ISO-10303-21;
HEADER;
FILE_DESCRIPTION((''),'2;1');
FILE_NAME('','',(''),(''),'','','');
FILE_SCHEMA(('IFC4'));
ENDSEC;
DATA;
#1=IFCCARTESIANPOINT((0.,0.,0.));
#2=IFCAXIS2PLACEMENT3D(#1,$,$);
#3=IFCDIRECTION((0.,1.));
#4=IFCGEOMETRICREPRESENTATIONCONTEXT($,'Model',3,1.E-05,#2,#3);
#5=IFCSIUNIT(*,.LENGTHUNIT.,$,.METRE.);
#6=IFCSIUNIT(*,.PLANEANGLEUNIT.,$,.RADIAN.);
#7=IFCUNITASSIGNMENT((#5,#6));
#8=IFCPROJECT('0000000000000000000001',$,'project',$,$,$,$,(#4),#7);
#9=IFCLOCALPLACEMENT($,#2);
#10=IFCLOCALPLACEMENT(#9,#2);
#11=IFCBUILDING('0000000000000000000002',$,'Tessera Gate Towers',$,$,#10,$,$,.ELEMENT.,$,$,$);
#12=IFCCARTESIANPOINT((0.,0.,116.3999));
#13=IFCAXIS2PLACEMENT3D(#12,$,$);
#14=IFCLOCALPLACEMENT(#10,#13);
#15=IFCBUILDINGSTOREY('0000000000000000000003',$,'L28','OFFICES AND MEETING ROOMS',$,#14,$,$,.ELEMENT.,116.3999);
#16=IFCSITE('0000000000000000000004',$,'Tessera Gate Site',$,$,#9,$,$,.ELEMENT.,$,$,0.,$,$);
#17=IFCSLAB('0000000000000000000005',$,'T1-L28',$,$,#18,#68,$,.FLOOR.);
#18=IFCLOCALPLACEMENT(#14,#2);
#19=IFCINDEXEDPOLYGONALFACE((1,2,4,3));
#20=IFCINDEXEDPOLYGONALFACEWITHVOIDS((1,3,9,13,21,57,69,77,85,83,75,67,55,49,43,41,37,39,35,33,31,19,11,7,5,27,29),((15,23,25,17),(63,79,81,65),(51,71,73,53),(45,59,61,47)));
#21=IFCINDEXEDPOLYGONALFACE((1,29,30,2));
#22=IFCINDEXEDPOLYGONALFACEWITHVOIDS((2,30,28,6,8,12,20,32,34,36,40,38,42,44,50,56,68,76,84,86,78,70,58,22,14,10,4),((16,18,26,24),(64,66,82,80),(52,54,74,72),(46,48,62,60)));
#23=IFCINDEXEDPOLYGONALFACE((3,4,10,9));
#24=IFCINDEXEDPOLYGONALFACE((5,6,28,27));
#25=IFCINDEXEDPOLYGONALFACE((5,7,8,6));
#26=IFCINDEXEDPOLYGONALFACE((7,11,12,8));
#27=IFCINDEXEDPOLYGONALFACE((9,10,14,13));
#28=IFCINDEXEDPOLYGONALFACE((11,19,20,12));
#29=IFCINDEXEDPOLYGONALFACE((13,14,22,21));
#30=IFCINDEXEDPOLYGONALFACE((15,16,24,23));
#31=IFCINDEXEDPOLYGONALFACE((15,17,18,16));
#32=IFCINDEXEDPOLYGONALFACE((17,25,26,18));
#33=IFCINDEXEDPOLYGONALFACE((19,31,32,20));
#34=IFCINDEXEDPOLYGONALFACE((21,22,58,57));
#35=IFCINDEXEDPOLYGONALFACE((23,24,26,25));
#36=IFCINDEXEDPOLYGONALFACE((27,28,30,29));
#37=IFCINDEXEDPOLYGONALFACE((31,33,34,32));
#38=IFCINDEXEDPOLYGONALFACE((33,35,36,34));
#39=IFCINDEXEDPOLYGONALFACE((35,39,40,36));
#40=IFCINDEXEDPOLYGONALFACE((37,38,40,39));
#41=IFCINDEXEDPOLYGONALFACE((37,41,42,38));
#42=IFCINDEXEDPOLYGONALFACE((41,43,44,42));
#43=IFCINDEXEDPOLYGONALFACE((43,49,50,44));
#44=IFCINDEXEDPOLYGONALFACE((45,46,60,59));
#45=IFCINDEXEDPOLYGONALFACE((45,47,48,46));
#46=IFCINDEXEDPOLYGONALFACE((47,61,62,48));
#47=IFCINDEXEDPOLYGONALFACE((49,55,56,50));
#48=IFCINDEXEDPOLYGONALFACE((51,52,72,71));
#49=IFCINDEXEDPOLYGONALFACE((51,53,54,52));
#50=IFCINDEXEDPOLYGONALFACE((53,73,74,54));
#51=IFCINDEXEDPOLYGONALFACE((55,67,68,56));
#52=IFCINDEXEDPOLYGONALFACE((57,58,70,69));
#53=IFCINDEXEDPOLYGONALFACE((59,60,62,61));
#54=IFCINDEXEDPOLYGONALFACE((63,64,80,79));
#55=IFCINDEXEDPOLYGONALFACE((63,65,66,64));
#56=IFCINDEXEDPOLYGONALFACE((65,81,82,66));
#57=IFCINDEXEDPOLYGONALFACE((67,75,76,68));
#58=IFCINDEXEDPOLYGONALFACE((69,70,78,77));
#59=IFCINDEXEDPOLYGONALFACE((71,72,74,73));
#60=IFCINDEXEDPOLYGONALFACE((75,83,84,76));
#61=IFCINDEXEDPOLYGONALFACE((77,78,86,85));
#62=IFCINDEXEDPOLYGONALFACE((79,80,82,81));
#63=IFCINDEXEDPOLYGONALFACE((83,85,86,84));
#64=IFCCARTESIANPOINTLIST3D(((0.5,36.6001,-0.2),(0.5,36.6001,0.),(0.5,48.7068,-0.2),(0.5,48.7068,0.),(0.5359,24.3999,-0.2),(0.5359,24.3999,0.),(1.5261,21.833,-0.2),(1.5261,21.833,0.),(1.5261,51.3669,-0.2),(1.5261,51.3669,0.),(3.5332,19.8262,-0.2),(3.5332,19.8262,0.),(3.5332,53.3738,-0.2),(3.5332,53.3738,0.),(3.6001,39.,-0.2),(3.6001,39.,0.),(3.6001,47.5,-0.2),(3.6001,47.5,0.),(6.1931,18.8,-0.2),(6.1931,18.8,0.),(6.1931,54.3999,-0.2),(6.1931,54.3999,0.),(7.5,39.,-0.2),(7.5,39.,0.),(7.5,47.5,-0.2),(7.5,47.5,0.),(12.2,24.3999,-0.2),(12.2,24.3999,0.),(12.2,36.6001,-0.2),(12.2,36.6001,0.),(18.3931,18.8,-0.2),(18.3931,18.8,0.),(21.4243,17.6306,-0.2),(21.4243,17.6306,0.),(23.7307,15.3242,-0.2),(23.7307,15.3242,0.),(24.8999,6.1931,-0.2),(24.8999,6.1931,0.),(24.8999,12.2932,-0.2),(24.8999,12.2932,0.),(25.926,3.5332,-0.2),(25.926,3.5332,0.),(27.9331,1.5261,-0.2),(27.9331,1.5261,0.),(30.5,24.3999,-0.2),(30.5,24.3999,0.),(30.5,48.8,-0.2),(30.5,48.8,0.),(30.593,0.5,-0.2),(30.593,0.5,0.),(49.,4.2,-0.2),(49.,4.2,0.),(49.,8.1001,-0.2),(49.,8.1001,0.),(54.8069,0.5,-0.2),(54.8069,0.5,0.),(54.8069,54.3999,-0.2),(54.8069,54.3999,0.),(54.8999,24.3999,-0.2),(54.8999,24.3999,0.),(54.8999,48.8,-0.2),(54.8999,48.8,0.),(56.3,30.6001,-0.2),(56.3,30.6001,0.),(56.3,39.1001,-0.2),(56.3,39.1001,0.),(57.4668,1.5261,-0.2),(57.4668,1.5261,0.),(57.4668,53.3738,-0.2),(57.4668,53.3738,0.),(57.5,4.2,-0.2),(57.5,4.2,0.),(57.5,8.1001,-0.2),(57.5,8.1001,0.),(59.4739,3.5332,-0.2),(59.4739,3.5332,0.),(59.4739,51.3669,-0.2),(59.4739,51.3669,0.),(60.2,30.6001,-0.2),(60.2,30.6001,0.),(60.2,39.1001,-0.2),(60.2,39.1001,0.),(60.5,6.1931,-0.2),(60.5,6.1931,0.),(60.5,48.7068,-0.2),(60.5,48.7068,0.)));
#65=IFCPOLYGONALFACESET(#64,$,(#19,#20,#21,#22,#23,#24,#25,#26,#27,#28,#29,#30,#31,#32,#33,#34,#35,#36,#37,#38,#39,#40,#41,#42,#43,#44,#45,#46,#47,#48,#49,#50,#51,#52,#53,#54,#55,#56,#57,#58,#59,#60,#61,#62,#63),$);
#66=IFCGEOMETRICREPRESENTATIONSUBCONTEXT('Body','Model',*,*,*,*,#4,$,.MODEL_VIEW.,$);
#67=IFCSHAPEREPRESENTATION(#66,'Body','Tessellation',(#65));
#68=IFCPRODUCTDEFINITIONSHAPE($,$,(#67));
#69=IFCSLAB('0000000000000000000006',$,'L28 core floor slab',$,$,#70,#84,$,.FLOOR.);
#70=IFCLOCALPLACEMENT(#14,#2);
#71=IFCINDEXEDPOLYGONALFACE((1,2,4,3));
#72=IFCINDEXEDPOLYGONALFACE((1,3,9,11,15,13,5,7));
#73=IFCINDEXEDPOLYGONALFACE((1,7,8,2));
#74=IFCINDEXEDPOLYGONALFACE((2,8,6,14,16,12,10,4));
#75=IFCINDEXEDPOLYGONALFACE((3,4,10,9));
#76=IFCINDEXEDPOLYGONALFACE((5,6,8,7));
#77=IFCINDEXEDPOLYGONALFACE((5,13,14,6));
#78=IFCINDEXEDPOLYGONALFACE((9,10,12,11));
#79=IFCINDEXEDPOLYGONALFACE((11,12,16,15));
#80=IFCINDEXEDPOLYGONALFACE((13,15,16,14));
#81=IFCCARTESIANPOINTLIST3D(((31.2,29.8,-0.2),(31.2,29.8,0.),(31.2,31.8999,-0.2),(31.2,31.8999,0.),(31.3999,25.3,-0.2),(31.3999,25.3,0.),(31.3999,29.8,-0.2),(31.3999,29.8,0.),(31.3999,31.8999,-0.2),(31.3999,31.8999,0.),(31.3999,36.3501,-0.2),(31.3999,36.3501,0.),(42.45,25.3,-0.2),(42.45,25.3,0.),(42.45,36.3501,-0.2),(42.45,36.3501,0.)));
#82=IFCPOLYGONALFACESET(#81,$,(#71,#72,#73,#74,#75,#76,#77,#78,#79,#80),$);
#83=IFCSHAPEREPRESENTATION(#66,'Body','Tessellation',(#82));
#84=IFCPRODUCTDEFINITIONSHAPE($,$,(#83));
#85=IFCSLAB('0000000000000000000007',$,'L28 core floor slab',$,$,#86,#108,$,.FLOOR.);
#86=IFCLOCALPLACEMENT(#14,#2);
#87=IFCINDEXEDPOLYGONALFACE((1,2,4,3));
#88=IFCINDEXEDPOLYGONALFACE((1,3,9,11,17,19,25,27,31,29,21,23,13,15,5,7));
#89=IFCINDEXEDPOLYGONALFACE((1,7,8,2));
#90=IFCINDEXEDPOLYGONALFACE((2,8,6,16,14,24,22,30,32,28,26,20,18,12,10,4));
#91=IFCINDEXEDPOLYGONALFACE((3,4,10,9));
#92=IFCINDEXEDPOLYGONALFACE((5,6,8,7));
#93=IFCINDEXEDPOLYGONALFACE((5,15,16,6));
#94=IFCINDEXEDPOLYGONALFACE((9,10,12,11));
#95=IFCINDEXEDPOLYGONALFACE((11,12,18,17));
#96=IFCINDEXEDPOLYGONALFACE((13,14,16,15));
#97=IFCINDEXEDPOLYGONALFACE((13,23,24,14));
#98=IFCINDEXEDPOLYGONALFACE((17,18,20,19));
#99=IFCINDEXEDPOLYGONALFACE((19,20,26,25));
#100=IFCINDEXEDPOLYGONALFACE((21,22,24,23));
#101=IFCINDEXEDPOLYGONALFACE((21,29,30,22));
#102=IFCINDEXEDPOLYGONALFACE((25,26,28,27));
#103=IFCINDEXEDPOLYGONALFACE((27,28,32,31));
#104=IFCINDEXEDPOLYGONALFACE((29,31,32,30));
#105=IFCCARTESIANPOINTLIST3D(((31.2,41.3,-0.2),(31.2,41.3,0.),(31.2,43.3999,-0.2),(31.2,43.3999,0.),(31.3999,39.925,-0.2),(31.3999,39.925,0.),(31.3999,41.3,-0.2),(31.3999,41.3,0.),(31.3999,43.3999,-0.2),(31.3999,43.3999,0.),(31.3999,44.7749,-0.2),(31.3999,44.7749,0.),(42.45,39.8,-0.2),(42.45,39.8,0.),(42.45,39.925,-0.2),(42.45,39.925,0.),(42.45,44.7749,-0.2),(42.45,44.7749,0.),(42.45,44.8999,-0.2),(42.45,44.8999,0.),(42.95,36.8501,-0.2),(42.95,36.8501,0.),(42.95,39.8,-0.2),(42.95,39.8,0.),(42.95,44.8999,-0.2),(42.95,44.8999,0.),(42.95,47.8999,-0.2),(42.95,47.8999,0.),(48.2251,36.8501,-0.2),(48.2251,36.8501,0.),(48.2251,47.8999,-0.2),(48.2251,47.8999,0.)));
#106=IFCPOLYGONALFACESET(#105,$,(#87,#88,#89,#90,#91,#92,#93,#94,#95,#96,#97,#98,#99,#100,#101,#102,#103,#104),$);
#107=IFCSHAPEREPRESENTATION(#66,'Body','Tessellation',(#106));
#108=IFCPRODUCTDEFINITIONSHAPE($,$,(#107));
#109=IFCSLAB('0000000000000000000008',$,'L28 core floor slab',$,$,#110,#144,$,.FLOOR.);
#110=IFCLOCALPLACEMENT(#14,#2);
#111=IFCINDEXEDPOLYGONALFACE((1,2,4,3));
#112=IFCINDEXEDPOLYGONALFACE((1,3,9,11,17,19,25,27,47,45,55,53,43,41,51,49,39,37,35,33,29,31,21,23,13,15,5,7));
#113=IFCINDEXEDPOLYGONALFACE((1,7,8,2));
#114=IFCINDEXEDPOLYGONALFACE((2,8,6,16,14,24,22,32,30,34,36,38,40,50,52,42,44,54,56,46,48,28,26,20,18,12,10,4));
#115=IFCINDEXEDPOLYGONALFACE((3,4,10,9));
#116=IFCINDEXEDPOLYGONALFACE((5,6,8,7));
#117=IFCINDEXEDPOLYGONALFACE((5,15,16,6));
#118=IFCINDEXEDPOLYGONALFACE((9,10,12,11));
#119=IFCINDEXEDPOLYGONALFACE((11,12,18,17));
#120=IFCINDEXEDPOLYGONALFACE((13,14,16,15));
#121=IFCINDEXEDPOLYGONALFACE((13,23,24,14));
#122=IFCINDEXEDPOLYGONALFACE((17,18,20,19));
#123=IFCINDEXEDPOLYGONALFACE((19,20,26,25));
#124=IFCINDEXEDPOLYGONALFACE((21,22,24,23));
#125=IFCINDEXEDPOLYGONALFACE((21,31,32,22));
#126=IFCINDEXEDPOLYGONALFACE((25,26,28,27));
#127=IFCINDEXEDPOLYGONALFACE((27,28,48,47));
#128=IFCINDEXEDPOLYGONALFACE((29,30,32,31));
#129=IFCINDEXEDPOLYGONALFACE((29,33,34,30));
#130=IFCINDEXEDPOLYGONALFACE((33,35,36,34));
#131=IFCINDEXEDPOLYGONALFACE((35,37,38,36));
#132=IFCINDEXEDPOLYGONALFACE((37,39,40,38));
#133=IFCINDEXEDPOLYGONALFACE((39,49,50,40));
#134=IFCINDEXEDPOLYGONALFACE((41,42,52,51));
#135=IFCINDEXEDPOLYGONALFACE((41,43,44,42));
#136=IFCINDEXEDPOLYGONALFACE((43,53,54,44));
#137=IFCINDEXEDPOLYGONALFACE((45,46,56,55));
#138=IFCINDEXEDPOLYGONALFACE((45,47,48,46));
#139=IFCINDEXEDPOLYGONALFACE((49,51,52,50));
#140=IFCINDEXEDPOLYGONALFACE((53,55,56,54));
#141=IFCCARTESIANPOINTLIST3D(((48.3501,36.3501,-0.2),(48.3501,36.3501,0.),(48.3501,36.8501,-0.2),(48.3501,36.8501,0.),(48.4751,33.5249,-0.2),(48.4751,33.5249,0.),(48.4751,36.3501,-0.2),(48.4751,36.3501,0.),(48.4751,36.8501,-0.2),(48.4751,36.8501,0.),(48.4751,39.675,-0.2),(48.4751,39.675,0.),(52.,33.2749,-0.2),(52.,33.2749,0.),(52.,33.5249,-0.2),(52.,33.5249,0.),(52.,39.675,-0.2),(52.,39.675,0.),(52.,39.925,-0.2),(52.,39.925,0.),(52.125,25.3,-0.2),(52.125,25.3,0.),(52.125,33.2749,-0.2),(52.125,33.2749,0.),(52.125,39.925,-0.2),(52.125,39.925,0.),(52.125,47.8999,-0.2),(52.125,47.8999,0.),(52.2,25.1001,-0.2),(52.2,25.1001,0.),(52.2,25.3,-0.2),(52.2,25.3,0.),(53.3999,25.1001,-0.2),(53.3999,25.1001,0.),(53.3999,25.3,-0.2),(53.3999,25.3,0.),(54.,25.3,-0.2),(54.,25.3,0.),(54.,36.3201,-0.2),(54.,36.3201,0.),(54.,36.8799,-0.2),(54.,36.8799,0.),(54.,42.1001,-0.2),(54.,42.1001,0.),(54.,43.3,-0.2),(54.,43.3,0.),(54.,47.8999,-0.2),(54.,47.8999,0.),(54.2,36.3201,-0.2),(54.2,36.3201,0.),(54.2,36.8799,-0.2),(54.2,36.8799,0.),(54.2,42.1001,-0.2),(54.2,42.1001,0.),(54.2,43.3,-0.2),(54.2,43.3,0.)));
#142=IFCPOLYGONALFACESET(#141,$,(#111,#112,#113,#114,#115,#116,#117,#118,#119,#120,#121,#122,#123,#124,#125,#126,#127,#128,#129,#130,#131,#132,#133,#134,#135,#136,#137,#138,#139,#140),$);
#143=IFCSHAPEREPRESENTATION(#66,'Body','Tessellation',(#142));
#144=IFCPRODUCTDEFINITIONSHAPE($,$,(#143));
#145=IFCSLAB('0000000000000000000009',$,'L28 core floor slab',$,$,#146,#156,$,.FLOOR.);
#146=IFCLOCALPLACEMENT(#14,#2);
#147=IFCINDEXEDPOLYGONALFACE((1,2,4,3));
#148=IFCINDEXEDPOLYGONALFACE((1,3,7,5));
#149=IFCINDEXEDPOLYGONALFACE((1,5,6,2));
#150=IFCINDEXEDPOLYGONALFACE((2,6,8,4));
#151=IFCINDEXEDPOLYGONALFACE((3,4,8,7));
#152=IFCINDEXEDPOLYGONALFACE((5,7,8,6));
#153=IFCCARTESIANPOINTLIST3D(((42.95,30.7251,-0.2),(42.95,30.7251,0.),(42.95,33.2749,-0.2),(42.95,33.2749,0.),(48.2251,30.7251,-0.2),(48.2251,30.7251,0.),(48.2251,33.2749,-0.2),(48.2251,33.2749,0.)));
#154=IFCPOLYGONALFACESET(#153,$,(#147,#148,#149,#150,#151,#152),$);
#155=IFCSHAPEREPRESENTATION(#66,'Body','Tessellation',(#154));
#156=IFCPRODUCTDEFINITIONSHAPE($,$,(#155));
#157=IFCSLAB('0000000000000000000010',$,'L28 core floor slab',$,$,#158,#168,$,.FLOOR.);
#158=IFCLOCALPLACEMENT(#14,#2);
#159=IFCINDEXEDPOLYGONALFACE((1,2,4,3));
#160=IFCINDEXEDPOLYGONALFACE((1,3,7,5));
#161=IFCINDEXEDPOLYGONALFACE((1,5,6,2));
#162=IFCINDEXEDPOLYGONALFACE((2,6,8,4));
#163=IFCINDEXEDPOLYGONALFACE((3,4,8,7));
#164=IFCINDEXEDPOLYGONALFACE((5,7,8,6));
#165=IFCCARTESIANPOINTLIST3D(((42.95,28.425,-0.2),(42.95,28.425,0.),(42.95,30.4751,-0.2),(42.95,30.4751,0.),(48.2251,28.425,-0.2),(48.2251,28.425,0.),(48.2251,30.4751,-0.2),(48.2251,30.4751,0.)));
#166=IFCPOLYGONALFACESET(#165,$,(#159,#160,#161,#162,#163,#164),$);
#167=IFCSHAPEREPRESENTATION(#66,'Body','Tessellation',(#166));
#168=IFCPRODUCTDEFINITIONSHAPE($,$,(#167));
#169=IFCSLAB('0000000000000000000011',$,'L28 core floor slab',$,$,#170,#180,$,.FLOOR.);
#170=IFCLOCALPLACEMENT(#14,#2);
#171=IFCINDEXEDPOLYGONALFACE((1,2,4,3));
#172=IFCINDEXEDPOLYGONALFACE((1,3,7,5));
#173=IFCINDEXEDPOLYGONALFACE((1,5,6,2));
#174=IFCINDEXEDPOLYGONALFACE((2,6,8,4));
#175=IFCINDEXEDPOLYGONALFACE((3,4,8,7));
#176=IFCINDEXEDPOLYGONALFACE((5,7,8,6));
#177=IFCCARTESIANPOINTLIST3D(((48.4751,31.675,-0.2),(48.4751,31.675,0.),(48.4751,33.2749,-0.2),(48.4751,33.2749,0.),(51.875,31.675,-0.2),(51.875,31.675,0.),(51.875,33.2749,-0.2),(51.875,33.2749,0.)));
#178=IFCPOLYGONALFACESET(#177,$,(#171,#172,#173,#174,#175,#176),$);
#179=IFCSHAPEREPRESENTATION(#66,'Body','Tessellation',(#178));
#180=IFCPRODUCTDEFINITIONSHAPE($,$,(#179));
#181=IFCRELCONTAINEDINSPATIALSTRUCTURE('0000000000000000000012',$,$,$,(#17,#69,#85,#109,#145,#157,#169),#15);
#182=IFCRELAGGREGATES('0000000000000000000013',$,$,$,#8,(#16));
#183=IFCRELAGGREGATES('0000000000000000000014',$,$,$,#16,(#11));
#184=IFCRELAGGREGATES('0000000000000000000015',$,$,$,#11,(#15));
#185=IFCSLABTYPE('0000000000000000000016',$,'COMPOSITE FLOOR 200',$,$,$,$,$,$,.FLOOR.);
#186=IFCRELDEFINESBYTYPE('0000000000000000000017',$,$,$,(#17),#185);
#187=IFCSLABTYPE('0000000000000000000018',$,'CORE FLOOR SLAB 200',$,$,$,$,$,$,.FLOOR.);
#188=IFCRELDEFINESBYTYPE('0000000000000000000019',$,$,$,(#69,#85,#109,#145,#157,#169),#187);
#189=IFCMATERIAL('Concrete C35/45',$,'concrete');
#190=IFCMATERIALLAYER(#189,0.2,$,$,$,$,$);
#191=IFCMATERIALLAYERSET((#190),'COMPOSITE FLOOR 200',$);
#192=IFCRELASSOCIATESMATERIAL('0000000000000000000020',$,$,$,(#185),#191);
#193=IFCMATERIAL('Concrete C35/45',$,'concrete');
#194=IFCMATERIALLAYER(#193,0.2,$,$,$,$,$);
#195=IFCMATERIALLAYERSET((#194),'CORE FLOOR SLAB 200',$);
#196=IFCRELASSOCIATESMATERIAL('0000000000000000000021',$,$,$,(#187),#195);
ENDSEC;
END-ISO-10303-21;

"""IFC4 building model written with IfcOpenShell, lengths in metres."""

from ifc_helpers import new_model, si_unit, direction, frame, origin, place, context, subcontext, project, spatial, polyline, outline, extrude, material, layer, layer_set, type_object, element, save


model = new_model("IFC4")

# Units and contexts
model_context = context("Model", 3, precision=1e-05, world=origin(), true_north=direction((0.0, 1.0)))
body_context = subcontext(model_context, "Body", "Model", "MODEL_VIEW")
ifc_project = project(units=[si_unit("LENGTHUNIT", "METRE"), si_unit("PLANEANGLEUNIT", "RADIAN")], contexts=[model_context])

# Site, building, storey
site_placement = place(None, origin())
site = spatial("IfcSite", under=ifc_project, at=site_placement, Name="Tessera Gate Site", CompositionType="ELEMENT", RefElevation=0.0)
building_placement = place(site_placement, origin())
building = spatial("IfcBuilding", under=site, at=building_placement, Name="Tessera Gate Towers", CompositionType="ELEMENT")
storey_placement = place(building_placement, frame((0.0, 0.0, 116.3999)))
storey = spatial("IfcBuildingStorey", under=building, at=storey_placement, Name="L28", Description="OFFICES AND MEETING ROOMS", CompositionType="ELEMENT", Elevation=116.3999)

# Slabs
ifc_material_1 = material(Name="Concrete C35/45", Category="concrete")
ifc_layer_1 = layer(ifc_material_1, 0.2)
ifc_layer_set_1 = layer_set([ifc_layer_1], Name="COMPOSITE FLOOR 200")
slab_type_1 = type_object("IfcSlabType", Name="COMPOSITE FLOOR 200", PredefinedType="FLOOR", material=ifc_layer_set_1)
slab_1_placement = place(storey_placement, frame((0.0, 0.0, -0.2)))
element("IfcSlab", 1, at=slab_1_placement, inside=storey, type_object=slab_type_1, Name="T1-L28", PredefinedType="FLOOR", context=body_context, shape_type="SweptSolid", body=[
    extrude(outline(polyline([(0.5, 36.6001), (12.2, 36.6001), (12.2, 24.3999), (0.5359, 24.3999), (1.5261, 21.833), (3.5332, 19.8262), (6.1931, 18.8), (18.3931, 18.8), (21.4243, 17.6306), (23.7307, 15.3242), (24.8999, 12.2932), (24.8999, 6.1931), (25.926, 3.5332), (27.9331, 1.5261), (30.593, 0.5), (54.8069, 0.5), (57.4668, 1.5261), (59.4739, 3.5332), (60.5, 6.1931), (60.5, 48.7068), (59.4739, 51.3669), (57.4668, 53.3738), (54.8069, 54.3999), (6.1931, 54.3999), (3.5332, 53.3738), (1.5261, 51.3669), (0.5, 48.7068), (0.5, 36.6001)]), holes=[polyline([(3.6001, 39.0), (3.6001, 47.5), (7.5, 47.5), (7.5, 39.0), (3.6001, 39.0)]), polyline([(30.5, 24.3999), (30.5, 48.8), (54.8999, 48.8), (54.8999, 24.3999), (30.5, 24.3999)]), polyline([(49.0, 4.2), (49.0, 8.1001), (57.5, 8.1001), (57.5, 4.2), (49.0, 4.2)]), polyline([(56.3, 30.6001), (56.3, 39.1001), (60.2, 39.1001), (60.2, 30.6001), (56.3, 30.6001)])]), origin(), (0.0, 0.0, 1.0), 0.2),
])
ifc_material_2 = material(Name="Concrete C35/45", Category="concrete")
ifc_layer_2 = layer(ifc_material_2, 0.2)
ifc_layer_set_2 = layer_set([ifc_layer_2], Name="CORE FLOOR SLAB 200")
slab_type_2 = type_object("IfcSlabType", Name="CORE FLOOR SLAB 200", PredefinedType="FLOOR", material=ifc_layer_set_2)
slab_2_placement = place(storey_placement, frame((0.0, 0.0, -0.2)))
element("IfcSlab", 2, at=slab_2_placement, inside=storey, type_object=slab_type_2, Name="L28 core floor slab", PredefinedType="FLOOR", context=body_context, shape_type="SweptSolid", body=[
    extrude(outline(polyline([(31.3999, 36.3501), (31.3999, 31.8999), (31.2, 31.8999), (31.2, 29.8), (31.3999, 29.8), (31.3999, 25.3), (42.45, 25.3), (42.45, 36.3501), (31.3999, 36.3501)])), origin(), (0.0, 0.0, 1.0), 0.2),
])
slab_3_placement = place(storey_placement, frame((0.0, 0.0, -0.2)))
element("IfcSlab", 3, at=slab_3_placement, inside=storey, type_object=slab_type_2, Name="L28 core floor slab", PredefinedType="FLOOR", context=body_context, shape_type="SweptSolid", body=[
    extrude(outline(polyline([(42.45, 44.8999), (42.45, 44.7749), (31.3999, 44.7749), (31.3999, 43.3999), (31.2, 43.3999), (31.2, 41.3), (31.3999, 41.3), (31.3999, 39.925), (42.45, 39.925), (42.45, 39.8), (42.95, 39.8), (42.95, 36.8501), (48.2251, 36.8501), (48.2251, 47.8999), (42.95, 47.8999), (42.95, 44.8999), (42.45, 44.8999)])), origin(), (0.0, 0.0, 1.0), 0.2),
])
slab_4_placement = place(storey_placement, frame((0.0, 0.0, -0.2)))
element("IfcSlab", 4, at=slab_4_placement, inside=storey, type_object=slab_type_2, Name="L28 core floor slab", PredefinedType="FLOOR", context=body_context, shape_type="SweptSolid", body=[
    extrude(outline(polyline([(52.125, 25.3), (52.2, 25.3), (52.2, 25.1001), (53.3999, 25.1001), (53.3999, 25.3), (54.0, 25.3), (54.0, 36.3201), (54.2, 36.3201), (54.2, 36.8799), (54.0, 36.8799), (54.0, 42.1001), (54.2, 42.1001), (54.2, 43.3), (54.0, 43.3), (54.0, 47.8999), (52.125, 47.8999), (52.125, 39.925), (52.0, 39.925), (52.0, 39.675), (48.4751, 39.675), (48.4751, 36.8501), (48.3501, 36.8501), (48.3501, 36.3501), (48.4751, 36.3501), (48.4751, 33.5249), (52.0, 33.5249), (52.0, 33.2749), (52.125, 33.2749), (52.125, 25.3)])), origin(), (0.0, 0.0, 1.0), 0.2),
])
slab_5_placement = place(storey_placement, frame((0.0, 0.0, -0.2)))
element("IfcSlab", 5, at=slab_5_placement, inside=storey, type_object=slab_type_2, Name="L28 core floor slab", PredefinedType="FLOOR", context=body_context, shape_type="SweptSolid", body=[
    extrude(outline(polyline([(42.95, 33.2749), (42.95, 30.7251), (48.2251, 30.7251), (48.2251, 33.2749), (42.95, 33.2749)])), origin(), (0.0, 0.0, 1.0), 0.2),
])
slab_6_placement = place(storey_placement, frame((0.0, 0.0, -0.2)))
element("IfcSlab", 6, at=slab_6_placement, inside=storey, type_object=slab_type_2, Name="L28 core floor slab", PredefinedType="FLOOR", context=body_context, shape_type="SweptSolid", body=[
    extrude(outline(polyline([(48.2251, 30.4751), (42.95, 30.4751), (42.95, 28.425), (48.2251, 28.425), (48.2251, 30.4751)])), origin(), (0.0, 0.0, 1.0), 0.2),
])
slab_7_placement = place(storey_placement, frame((0.0, 0.0, -0.2)))
element("IfcSlab", 7, at=slab_7_placement, inside=storey, type_object=slab_type_2, Name="L28 core floor slab", PredefinedType="FLOOR", context=body_context, shape_type="SweptSolid", body=[
    extrude(outline(polyline([(51.875, 31.675), (51.875, 33.2749), (48.4751, 33.2749), (48.4751, 31.675), (51.875, 31.675)])), origin(), (0.0, 0.0, 1.0), 0.2),
])

save(model, "model.ifc")
